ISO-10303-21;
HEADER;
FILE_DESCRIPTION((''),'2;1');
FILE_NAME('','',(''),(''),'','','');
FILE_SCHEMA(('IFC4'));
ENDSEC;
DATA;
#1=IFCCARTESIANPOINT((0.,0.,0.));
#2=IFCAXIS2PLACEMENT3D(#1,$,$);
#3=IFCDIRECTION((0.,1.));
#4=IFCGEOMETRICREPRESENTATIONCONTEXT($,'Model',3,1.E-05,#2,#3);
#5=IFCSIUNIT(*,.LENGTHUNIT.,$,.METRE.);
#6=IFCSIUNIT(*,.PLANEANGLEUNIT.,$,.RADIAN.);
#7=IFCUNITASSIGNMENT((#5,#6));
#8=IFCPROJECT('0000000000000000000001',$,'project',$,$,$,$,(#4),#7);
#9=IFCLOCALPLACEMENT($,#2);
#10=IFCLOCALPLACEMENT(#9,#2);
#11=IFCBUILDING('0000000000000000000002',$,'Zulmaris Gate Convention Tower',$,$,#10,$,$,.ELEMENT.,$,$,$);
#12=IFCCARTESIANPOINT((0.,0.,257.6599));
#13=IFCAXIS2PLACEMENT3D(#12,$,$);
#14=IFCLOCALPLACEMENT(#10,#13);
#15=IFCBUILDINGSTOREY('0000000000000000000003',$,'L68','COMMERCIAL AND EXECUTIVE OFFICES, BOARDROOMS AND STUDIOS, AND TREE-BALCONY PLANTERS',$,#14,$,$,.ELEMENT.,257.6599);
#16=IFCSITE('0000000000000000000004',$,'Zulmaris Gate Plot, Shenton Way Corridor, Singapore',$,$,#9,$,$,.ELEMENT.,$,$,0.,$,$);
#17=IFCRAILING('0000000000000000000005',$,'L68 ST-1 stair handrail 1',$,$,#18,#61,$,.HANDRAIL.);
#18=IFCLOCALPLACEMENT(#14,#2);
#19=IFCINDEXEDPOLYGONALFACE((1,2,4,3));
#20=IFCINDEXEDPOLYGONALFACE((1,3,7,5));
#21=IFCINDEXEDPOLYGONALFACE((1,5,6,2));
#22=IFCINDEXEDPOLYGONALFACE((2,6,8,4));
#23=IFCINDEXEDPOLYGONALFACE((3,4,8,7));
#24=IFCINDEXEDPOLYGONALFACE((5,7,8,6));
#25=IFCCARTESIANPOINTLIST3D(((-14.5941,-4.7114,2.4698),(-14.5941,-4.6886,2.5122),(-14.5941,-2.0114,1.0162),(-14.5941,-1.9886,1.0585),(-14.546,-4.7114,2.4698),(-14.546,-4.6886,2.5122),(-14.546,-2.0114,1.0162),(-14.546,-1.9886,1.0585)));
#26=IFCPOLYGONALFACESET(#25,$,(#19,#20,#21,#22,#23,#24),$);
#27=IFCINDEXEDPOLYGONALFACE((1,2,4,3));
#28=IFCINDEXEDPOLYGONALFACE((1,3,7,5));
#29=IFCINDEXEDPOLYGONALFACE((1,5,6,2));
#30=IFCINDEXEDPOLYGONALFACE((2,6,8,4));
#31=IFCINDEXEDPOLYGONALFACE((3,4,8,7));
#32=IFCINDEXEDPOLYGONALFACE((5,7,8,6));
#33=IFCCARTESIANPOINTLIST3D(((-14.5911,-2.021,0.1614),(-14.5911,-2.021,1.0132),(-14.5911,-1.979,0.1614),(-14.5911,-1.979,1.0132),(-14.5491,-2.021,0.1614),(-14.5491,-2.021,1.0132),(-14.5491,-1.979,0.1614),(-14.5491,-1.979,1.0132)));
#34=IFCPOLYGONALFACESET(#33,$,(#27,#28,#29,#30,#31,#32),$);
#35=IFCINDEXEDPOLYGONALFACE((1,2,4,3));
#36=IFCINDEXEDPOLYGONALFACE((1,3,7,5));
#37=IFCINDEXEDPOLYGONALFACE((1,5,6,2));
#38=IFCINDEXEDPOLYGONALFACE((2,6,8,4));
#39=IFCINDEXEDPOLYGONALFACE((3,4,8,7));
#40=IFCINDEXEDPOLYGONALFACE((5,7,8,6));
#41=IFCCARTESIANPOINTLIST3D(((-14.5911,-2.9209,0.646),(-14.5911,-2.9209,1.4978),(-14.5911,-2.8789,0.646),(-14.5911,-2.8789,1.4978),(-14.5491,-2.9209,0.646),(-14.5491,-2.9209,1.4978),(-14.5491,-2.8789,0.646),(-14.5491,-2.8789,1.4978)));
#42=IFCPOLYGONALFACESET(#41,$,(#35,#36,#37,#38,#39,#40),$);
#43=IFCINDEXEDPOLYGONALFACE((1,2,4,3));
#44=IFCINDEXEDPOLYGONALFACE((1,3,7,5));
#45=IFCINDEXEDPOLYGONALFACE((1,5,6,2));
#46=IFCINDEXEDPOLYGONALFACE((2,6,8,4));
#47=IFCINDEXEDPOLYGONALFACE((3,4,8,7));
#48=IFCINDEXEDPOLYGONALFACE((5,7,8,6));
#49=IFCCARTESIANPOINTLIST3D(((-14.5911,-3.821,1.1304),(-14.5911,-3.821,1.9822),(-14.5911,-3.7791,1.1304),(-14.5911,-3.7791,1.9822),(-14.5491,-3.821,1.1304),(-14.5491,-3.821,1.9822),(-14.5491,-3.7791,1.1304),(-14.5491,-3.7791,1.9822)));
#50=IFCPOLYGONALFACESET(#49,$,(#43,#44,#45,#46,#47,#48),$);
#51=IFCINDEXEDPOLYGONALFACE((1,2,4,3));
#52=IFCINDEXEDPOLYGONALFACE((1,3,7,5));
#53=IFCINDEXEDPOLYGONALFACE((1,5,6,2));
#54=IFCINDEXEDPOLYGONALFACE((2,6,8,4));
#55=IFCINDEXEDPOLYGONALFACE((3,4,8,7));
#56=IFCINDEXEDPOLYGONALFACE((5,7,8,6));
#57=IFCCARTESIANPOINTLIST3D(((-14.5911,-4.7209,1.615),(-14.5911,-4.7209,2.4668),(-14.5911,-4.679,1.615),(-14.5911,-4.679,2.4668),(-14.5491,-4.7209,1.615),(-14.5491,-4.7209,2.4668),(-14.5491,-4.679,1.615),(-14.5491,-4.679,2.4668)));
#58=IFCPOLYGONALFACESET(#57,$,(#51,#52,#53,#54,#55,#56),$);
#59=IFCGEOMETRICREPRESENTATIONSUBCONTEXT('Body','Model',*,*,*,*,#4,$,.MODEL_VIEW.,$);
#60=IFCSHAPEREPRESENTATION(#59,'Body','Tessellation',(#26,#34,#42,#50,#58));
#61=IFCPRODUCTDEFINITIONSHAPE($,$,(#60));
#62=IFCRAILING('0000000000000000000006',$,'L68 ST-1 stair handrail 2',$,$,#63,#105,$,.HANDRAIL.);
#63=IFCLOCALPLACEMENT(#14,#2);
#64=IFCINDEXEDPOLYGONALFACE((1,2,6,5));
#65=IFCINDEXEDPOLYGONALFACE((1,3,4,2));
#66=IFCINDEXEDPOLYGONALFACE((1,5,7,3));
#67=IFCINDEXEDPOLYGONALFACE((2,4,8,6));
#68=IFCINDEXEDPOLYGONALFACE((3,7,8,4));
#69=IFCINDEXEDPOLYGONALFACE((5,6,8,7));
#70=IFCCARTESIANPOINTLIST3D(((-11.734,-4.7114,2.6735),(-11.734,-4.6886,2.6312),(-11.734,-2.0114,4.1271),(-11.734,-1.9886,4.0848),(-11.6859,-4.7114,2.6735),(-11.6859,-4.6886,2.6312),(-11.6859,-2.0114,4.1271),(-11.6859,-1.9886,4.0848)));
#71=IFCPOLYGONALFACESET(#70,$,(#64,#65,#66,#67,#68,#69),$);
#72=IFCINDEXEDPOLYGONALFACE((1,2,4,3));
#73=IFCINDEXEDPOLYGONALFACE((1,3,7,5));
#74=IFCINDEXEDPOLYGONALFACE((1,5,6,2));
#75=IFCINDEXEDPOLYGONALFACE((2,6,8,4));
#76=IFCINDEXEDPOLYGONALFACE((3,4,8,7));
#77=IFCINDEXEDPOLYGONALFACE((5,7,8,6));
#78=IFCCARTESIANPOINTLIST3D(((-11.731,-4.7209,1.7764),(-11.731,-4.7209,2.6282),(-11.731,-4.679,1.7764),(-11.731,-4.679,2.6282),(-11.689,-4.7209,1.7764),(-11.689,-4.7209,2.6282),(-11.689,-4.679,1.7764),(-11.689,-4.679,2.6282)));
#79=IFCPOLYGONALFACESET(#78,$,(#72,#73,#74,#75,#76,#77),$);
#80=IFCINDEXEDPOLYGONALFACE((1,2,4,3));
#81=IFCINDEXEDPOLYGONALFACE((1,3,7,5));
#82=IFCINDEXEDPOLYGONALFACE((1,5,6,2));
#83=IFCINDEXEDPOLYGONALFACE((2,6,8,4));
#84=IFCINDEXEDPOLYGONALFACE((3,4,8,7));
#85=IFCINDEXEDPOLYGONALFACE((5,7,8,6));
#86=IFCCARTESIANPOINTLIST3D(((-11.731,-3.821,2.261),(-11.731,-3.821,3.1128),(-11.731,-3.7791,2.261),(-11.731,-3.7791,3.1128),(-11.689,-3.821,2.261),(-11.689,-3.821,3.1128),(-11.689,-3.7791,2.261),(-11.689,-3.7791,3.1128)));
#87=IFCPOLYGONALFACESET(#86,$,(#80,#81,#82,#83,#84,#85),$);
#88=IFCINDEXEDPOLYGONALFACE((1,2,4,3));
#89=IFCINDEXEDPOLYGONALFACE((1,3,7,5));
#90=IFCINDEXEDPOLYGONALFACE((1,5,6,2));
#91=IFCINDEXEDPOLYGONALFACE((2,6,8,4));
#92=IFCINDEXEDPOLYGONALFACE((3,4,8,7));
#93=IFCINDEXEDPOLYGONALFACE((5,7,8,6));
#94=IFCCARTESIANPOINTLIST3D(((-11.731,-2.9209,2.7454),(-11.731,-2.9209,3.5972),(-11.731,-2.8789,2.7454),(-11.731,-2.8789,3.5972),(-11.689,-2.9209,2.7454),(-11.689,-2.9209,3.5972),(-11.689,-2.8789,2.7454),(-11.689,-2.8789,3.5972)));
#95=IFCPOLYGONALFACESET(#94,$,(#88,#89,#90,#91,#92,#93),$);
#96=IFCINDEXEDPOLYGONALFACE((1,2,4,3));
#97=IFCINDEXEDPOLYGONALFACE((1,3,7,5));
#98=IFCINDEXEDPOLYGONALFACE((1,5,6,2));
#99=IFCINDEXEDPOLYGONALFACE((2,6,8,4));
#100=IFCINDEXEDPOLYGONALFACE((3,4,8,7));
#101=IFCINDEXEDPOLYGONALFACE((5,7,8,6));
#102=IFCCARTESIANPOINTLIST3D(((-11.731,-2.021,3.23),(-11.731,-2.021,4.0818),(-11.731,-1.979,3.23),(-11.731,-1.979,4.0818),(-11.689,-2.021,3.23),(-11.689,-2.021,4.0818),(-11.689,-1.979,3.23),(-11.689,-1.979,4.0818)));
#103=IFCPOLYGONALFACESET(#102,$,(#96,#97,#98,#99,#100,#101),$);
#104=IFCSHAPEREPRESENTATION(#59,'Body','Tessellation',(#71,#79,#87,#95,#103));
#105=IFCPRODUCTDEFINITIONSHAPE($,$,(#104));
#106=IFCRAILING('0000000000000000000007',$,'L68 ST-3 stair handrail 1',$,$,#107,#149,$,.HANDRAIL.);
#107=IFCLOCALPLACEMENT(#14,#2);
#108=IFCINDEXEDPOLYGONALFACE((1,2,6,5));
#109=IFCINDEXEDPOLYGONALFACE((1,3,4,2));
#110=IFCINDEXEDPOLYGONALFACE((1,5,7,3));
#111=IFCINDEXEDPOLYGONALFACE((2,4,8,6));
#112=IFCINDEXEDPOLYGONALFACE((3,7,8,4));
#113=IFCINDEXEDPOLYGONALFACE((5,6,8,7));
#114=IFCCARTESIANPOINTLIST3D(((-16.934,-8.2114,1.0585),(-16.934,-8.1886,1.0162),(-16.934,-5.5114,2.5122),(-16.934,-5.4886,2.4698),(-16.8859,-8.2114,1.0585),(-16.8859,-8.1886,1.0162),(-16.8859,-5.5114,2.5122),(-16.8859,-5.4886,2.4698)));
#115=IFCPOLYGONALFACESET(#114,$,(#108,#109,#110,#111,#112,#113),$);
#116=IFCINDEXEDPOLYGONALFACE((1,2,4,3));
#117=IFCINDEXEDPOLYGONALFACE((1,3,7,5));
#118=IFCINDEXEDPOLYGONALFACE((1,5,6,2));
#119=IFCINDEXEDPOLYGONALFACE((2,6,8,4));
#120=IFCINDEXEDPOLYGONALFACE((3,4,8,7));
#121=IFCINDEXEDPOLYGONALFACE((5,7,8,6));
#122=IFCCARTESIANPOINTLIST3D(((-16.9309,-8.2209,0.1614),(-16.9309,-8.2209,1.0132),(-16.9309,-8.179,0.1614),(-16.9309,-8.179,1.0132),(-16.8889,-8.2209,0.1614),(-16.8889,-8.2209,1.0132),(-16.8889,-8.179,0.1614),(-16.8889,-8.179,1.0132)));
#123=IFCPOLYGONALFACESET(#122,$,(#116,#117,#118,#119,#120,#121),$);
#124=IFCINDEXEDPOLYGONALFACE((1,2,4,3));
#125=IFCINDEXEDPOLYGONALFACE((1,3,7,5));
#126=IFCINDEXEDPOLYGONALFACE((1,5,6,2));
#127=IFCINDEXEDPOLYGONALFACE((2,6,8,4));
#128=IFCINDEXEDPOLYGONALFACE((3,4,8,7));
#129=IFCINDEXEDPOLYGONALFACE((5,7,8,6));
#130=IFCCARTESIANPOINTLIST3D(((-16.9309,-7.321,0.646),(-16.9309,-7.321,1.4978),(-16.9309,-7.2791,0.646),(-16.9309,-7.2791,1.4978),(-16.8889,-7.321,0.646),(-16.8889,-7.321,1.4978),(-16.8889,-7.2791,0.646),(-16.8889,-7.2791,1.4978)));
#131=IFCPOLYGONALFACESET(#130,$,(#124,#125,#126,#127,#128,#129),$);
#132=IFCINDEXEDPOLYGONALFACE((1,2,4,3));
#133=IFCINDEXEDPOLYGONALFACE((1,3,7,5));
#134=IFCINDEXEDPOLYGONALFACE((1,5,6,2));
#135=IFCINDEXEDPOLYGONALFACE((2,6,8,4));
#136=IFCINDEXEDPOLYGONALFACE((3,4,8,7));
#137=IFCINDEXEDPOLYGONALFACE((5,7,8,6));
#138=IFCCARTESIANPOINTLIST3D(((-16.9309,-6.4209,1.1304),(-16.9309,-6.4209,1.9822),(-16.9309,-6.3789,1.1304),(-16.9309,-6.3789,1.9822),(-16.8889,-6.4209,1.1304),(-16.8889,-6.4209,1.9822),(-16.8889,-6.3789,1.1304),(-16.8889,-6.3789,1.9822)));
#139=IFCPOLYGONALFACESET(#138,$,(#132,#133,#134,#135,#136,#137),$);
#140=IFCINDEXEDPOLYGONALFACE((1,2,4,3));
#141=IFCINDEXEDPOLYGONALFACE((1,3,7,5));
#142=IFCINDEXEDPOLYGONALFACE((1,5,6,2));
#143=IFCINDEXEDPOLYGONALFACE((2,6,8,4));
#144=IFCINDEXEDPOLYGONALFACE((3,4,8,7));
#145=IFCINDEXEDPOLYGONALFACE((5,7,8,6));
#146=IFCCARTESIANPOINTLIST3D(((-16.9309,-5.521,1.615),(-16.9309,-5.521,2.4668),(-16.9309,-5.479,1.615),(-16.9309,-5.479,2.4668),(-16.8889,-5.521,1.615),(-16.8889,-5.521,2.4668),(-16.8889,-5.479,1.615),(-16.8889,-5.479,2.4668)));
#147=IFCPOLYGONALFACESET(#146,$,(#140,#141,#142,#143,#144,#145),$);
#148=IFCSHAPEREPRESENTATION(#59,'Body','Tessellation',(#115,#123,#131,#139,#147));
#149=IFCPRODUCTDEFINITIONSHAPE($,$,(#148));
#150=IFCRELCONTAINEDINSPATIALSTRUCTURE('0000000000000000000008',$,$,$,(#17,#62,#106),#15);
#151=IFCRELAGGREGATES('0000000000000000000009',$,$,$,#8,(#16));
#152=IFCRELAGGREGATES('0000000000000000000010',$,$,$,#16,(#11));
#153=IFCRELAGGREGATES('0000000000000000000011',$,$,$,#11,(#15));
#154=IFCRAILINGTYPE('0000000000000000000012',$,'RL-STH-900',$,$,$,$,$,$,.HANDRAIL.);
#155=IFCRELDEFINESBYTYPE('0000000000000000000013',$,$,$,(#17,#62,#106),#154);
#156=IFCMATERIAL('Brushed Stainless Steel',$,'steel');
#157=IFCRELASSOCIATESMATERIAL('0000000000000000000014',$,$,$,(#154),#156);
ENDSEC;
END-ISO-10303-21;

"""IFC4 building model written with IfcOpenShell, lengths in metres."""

from ifc_helpers import new_model, si_unit, direction, frame, origin, origin_2d, place, context, subcontext, project, spatial, rectangle, extrude, material, type_object, element, save


model = new_model("IFC4")

# Units and contexts
model_context = context("Model", 3, precision=1e-05, world=origin(), true_north=direction((0.0, 1.0)))
body_context = subcontext(model_context, "Body", "Model", "MODEL_VIEW")
ifc_project = project(units=[si_unit("LENGTHUNIT", "METRE"), si_unit("PLANEANGLEUNIT", "RADIAN")], contexts=[model_context])

# Site, building, storey
site_placement = place(None, origin())
site = spatial("IfcSite", under=ifc_project, at=site_placement, Name="Zulmaris Gate Plot, Shenton Way Corridor, Singapore", CompositionType="ELEMENT", RefElevation=0.0)
building_placement = place(site_placement, origin())
building = spatial("IfcBuilding", under=site, at=building_placement, Name="Zulmaris Gate Convention Tower", CompositionType="ELEMENT")
storey_placement = place(building_placement, frame((0.0, 0.0, 257.6599)))
storey = spatial("IfcBuildingStorey", under=building, at=storey_placement, Name="L68", Description="COMMERCIAL AND EXECUTIVE OFFICES, BOARDROOMS AND STUDIOS, AND TREE-BALCONY PLANTERS", CompositionType="ELEMENT", Elevation=257.6599)

# Shared definitions
ifc_material_1 = material(Name="Brushed Stainless Steel", Category="steel")

# Railings
railing_type_1 = type_object("IfcRailingType", Name="RL-STH-900", PredefinedType="HANDRAIL", material=ifc_material_1)
railing_1_placement = place(storey_placement, frame((-14.5701, -2.0, 0.1614)))
element("IfcRailing", 1, at=railing_1_placement, inside=storey, type_object=railing_type_1, Name="L68 ST-1 stair handrail 1", PredefinedType="HANDRAIL", context=body_context, shape_type="SweptSolid", body=[
    extrude(rectangle(XDim=0.0481, YDim=0.0481, at=origin_2d()), frame((0.0, 0.0, 0.876), z_axis=(0.0, -0.880499, 0.474048), x_axis=(1.0, 0.0, 0.0)), (0.0, 0.0, 1.0), 3.0664),
    extrude(rectangle(XDim=0.042, YDim=0.042, at=origin_2d()), origin(), (0.0, 0.0, 1.0), 0.8518),
    extrude(rectangle(XDim=0.042, YDim=0.042, at=origin_2d()), frame((0.0, -0.8999, 0.4846)), (0.0, 0.0, 1.0), 0.8518),
    extrude(rectangle(XDim=0.042, YDim=0.042, at=origin_2d()), frame((0.0, -1.8, 0.969)), (0.0, 0.0, 1.0), 0.8518),
    extrude(rectangle(XDim=0.042, YDim=0.042, at=origin_2d()), frame((0.0, -2.7, 1.4536)), (0.0, 0.0, 1.0), 0.8518),
])
for number, where, name in (
    (2, (-11.71, -4.7, 1.7764), "L68 ST-1 stair handrail 2"),
    (3, (-16.9099, -8.2, 0.1614), "L68 ST-3 stair handrail 1"),
):
    element("IfcRailing", number, at=place(storey_placement, frame(where)), inside=storey, type_object=railing_type_1, Name=name, PredefinedType="HANDRAIL", context=body_context, shape_type="SweptSolid", body=[
        extrude(rectangle(XDim=0.0481, YDim=0.0481, at=origin_2d()), frame((0.0, 0.0, 0.876), z_axis=(0.0, 0.880499, 0.474048), x_axis=(-1.0, 0.0, 0.0)), (0.0, 0.0, 1.0), 3.0664),
        extrude(rectangle(XDim=0.042, YDim=0.042, at=origin_2d()), origin(), (0.0, 0.0, 1.0), 0.8518),
        extrude(rectangle(XDim=0.042, YDim=0.042, at=origin_2d()), frame((0.0, 0.8999, 0.4846)), (0.0, 0.0, 1.0), 0.8518),
        extrude(rectangle(XDim=0.042, YDim=0.042, at=origin_2d()), frame((0.0, 1.8, 0.969)), (0.0, 0.0, 1.0), 0.8518),
        extrude(rectangle(XDim=0.042, YDim=0.042, at=origin_2d()), frame((0.0, 2.7, 1.4536)), (0.0, 0.0, 1.0), 0.8518),
    ])

save(model, "model.ifc")
